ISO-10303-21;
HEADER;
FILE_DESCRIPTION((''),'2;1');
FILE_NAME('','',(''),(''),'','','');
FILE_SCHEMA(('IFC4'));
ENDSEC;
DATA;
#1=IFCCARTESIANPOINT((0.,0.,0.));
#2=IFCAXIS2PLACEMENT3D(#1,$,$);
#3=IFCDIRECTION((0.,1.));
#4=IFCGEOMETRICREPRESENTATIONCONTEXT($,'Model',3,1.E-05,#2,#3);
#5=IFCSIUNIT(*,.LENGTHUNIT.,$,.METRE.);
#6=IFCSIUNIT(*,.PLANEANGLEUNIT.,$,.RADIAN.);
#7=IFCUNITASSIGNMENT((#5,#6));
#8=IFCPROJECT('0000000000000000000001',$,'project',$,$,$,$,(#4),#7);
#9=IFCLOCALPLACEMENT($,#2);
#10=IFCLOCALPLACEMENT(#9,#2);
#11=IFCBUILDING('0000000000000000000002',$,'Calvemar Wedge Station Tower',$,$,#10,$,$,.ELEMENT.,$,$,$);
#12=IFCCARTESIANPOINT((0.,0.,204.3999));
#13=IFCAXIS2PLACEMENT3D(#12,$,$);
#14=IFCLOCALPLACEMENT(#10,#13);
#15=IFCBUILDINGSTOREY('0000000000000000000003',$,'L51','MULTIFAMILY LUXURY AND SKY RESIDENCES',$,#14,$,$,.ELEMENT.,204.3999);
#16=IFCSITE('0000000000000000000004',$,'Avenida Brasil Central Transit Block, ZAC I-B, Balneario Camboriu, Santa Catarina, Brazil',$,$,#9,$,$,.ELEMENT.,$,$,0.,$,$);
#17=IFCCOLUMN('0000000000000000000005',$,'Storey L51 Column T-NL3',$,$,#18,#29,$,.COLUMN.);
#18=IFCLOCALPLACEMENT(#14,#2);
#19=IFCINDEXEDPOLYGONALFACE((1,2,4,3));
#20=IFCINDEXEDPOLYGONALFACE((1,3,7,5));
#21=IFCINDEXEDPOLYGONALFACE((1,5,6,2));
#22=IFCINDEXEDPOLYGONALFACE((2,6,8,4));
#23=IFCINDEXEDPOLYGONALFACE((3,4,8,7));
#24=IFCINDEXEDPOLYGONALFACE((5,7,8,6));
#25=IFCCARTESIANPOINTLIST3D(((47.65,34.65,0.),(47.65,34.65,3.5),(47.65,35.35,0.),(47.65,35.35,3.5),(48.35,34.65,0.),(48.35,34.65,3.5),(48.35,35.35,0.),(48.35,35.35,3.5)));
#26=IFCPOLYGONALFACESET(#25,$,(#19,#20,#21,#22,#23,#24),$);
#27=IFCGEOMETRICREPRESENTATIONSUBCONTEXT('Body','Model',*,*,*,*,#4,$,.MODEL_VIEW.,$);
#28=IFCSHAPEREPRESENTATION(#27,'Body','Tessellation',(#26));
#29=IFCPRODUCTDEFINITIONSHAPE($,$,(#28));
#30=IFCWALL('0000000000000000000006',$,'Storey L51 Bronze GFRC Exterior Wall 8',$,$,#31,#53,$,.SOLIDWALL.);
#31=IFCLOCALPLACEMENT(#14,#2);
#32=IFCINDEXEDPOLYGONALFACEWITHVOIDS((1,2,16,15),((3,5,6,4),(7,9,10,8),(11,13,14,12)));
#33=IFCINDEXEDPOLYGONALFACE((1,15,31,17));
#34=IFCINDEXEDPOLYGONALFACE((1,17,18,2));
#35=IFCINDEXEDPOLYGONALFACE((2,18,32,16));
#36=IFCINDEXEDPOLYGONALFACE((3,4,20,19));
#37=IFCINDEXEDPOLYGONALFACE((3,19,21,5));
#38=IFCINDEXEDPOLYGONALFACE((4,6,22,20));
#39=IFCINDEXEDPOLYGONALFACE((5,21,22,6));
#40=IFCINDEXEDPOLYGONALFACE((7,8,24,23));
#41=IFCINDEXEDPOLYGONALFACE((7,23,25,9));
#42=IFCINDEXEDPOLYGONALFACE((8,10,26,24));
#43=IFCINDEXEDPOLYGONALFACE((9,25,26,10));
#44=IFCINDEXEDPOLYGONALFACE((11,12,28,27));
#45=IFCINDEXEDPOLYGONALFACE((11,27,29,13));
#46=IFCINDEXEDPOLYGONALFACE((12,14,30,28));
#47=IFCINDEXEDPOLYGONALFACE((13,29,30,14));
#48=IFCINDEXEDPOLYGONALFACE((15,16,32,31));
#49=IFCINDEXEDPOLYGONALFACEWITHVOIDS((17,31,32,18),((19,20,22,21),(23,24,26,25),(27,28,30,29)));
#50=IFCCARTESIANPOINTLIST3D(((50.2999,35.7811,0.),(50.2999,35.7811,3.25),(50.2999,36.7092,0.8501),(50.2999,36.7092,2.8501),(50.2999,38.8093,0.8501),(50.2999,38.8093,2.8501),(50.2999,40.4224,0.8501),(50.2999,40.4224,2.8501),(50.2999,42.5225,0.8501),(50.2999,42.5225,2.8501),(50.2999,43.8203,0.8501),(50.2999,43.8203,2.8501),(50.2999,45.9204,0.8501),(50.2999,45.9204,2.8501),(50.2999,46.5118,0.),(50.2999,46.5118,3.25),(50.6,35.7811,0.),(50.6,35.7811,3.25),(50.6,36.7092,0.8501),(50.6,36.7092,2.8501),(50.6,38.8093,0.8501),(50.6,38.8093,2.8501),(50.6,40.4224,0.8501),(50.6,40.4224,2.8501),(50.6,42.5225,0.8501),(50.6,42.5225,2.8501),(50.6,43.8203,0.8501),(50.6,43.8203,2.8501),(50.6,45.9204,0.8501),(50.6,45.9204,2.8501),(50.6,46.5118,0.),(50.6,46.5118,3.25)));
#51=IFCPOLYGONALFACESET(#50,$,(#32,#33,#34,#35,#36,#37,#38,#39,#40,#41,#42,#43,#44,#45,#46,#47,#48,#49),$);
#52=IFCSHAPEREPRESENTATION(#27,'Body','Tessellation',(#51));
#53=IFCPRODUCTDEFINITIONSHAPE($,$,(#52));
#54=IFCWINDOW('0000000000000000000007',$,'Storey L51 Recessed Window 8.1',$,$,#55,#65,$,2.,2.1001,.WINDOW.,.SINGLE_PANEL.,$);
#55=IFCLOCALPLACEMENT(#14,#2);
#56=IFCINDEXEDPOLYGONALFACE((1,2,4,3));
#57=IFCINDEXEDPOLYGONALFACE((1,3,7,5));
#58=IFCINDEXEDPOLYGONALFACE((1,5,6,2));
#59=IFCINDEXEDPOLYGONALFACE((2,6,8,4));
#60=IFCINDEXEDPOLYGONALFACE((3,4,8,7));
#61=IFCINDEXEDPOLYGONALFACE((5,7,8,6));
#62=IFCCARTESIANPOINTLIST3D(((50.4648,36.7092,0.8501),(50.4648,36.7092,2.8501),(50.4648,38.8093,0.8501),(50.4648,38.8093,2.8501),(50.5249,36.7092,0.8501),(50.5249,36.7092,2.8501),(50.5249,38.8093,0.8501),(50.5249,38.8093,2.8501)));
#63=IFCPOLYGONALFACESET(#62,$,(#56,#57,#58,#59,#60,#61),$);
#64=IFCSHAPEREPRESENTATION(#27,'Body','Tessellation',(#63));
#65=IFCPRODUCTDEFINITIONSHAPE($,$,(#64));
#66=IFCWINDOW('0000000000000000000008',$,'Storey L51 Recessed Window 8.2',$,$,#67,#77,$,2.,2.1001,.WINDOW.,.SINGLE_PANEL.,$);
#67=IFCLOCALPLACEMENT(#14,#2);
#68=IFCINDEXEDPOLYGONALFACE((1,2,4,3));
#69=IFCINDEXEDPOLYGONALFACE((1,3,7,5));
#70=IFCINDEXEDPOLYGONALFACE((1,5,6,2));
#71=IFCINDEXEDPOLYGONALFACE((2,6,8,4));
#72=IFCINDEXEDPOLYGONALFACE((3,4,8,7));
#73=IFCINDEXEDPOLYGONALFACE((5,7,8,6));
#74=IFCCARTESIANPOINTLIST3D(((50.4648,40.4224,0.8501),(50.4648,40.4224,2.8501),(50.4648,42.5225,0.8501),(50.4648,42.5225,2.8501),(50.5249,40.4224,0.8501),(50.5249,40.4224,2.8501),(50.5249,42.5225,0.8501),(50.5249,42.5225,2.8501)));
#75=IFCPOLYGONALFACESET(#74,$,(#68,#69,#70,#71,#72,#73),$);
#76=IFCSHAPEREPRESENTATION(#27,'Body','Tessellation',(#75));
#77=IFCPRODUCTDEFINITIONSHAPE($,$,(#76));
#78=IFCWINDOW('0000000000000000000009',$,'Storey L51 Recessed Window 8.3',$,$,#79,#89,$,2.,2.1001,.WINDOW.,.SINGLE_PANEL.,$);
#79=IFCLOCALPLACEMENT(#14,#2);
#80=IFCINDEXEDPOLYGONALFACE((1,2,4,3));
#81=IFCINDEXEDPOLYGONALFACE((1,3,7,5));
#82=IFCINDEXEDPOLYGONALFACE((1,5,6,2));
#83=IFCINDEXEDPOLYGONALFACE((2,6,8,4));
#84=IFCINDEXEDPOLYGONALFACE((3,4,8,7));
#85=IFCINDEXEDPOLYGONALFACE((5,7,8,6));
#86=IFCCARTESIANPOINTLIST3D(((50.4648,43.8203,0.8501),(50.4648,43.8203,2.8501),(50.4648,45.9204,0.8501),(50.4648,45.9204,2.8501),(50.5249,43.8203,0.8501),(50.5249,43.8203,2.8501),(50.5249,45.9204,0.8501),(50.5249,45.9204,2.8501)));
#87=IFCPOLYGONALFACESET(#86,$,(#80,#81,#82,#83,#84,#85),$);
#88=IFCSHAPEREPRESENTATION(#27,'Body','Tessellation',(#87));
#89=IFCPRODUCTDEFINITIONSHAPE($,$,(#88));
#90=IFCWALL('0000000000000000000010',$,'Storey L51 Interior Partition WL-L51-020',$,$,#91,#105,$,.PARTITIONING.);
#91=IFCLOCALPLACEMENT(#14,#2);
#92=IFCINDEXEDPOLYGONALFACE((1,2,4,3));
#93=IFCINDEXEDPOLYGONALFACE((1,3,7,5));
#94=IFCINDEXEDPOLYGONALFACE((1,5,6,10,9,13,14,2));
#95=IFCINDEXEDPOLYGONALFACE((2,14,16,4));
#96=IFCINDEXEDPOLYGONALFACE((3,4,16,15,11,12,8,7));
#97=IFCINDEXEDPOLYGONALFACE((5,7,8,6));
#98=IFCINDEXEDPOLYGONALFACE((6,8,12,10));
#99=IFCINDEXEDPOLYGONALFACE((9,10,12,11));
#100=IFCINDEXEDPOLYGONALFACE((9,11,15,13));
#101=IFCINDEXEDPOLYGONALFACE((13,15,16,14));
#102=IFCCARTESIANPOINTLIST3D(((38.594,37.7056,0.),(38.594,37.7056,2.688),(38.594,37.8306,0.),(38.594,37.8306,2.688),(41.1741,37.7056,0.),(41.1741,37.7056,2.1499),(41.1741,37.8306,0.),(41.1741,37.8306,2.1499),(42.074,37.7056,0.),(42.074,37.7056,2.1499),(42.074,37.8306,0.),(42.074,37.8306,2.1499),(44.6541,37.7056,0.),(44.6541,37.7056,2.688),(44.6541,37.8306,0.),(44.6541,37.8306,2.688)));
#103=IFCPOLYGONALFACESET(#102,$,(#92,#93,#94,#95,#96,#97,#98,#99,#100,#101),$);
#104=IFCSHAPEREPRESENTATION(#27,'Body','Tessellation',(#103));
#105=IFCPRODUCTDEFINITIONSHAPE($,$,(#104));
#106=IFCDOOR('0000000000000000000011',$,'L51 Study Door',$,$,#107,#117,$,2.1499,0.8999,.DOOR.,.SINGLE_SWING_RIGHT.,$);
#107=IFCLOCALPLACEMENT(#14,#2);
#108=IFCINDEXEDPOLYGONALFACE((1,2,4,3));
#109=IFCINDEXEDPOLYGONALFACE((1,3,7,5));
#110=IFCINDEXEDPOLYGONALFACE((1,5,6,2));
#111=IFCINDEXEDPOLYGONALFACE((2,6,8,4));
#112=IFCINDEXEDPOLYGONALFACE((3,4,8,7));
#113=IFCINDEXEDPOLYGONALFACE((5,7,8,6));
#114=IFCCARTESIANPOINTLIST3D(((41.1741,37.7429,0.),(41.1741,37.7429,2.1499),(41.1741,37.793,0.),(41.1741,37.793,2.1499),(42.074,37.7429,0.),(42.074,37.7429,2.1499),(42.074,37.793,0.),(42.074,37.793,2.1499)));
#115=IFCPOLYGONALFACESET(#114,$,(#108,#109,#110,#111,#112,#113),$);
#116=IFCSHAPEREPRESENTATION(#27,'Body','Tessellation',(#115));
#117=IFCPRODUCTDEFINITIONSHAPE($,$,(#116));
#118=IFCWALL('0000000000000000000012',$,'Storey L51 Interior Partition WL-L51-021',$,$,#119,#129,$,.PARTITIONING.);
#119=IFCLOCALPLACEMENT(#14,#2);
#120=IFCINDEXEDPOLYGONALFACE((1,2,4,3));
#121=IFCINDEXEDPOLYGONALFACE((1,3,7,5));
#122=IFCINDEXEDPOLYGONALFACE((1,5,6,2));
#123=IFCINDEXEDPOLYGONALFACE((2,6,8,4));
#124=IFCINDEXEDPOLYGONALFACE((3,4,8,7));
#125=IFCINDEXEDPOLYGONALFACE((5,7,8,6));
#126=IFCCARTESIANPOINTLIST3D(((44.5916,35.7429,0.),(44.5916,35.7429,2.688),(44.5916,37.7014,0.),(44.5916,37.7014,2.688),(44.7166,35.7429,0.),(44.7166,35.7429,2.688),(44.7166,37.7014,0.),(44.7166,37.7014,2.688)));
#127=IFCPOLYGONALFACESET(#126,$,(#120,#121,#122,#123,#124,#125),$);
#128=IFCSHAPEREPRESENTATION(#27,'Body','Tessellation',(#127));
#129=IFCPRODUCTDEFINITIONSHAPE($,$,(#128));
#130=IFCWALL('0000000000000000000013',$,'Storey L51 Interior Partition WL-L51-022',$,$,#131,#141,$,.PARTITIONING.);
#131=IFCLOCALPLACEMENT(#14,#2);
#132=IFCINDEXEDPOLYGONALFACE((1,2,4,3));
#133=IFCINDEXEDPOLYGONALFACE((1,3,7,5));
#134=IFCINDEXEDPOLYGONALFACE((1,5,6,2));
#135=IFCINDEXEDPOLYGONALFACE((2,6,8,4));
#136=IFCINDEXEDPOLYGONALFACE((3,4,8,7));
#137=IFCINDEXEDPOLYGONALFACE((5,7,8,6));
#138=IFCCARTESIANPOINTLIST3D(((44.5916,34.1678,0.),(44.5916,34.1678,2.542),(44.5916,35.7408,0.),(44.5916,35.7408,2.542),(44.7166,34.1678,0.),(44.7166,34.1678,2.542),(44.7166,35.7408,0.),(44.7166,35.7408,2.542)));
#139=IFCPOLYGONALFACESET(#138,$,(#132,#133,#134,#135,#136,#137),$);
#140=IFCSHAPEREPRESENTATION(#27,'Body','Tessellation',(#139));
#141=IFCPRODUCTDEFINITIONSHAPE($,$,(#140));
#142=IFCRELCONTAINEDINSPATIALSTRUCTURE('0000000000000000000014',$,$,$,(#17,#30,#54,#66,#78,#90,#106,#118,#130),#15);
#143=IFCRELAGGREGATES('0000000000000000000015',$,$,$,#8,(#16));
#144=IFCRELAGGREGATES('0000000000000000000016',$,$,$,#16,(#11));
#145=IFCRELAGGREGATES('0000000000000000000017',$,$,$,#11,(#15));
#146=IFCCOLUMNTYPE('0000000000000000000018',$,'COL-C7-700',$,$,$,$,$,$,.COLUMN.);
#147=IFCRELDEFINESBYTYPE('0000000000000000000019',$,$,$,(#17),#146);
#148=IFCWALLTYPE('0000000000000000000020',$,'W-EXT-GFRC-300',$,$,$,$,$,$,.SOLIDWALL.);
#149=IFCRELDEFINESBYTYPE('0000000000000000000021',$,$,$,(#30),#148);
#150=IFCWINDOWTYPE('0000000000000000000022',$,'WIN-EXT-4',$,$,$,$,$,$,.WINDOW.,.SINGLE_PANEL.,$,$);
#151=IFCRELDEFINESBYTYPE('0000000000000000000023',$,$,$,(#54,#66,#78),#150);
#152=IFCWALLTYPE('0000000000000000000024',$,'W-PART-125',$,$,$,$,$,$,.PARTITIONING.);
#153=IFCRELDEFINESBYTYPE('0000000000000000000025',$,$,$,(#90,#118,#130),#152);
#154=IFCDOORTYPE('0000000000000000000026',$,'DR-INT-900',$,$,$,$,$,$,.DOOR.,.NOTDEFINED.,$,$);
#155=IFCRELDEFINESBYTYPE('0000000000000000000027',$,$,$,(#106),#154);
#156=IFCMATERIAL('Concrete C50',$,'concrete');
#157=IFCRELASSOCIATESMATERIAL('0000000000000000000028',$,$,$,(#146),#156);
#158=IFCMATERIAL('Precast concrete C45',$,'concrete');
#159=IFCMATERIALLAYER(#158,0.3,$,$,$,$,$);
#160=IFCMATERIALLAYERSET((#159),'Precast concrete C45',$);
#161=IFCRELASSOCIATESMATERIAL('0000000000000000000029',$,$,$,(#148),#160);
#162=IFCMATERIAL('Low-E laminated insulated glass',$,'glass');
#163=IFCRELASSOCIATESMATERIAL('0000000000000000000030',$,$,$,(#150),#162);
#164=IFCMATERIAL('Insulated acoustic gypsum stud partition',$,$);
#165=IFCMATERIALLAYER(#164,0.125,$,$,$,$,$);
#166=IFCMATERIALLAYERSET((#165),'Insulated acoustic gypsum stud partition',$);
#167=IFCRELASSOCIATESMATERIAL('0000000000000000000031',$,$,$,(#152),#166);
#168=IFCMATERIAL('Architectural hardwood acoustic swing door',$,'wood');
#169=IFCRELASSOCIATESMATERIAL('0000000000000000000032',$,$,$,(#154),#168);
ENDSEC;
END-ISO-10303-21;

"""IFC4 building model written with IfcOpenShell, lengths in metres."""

from ifc_helpers import new_model, si_unit, direction, frame, frame_2d, origin, origin_2d, place, context, subcontext, project, spatial, rectangle, extrude, source, transform, mapped, material, layer, layer_set, material_profile, profile_set, type_object, element, fill, save


model = new_model("IFC4")

# Units and contexts
model_context = context("Model", 3, precision=1e-05, world=origin(), true_north=direction((0.0, 1.0)))
body_context = subcontext(model_context, "Body", "Model", "MODEL_VIEW")
ifc_project = project(units=[si_unit("LENGTHUNIT", "METRE"), si_unit("PLANEANGLEUNIT", "RADIAN")], contexts=[model_context])

# Site, building, storey
site_placement = place(None, origin())
site = spatial("IfcSite", under=ifc_project, at=site_placement, Name="Avenida Brasil Central Transit Block, ZAC I-B, Balneario Camboriu, Santa Catarina, Brazil", CompositionType="ELEMENT", RefElevation=0.0)
building_placement = place(site_placement, origin())
building = spatial("IfcBuilding", under=site, at=building_placement, Name="Calvemar Wedge Station Tower", CompositionType="ELEMENT")
storey_placement = place(building_placement, frame((0.0, 0.0, 204.3999)))
storey = spatial("IfcBuildingStorey", under=building, at=storey_placement, Name="L51", Description="MULTIFAMILY LUXURY AND SKY RESIDENCES", CompositionType="ELEMENT", Elevation=204.3999)

# Column
ifc_material_1 = material(Name="Concrete C50", Category="concrete")
ifc_material_profile = material_profile(ifc_material_1, rectangle(XDim=0.7, YDim=0.7, at=origin_2d()), Name="RC700x700")
ifc_profile_set = profile_set([ifc_material_profile], Name="Concrete C50")
column_type = type_object("IfcColumnType", Name="COL-C7-700", PredefinedType="COLUMN", material=ifc_profile_set)
shared_shape_1 = source(origin(), body_context, "Body", "SweptSolid", [
    extrude(rectangle(XDim=0.7, YDim=0.7, at=origin_2d()), origin(), (0.0, 0.0, 1.0), 3.5),
])
column_placement = place(storey_placement, frame((48.0, 35.0, 0.0), z_axis=(0.0, 0.0, 1.0), x_axis=(1.0, 0.0, 0.0)))
element("IfcColumn", 1, at=column_placement, inside=storey, type_object=column_type, Name="Storey L51 Column T-NL3", PredefinedType="COLUMN", context=body_context, shape_type="MappedRepresentation", body=[
    mapped(shared_shape_1, transform((0.0, 0.0, 0.0), scale=1.0)),
])

# Wall, openings, windows
ifc_material_2 = material(Name="Precast concrete C45", Category="concrete")
ifc_layer_1 = layer(ifc_material_2, 0.3)
ifc_layer_set_1 = layer_set([ifc_layer_1], Name="Precast concrete C45")
wall_type_1 = type_object("IfcWallType", Name="W-EXT-GFRC-300", PredefinedType="SOLIDWALL", material=ifc_layer_set_1)
wall_1_placement = place(storey_placement, frame((50.45, 35.7812, 0.0), z_axis=(0.0, 0.0, 1.0), x_axis=(0.0, 1.0, 0.0)))
wall_1 = element("IfcWall", 2, at=wall_1_placement, inside=storey, type_object=wall_type_1, Name="Storey L51 Bronze GFRC Exterior Wall 8", PredefinedType="SOLIDWALL", context=body_context, shape_type="SweptSolid", body=[
    extrude(rectangle(XDim=10.7307, YDim=0.3, at=frame_2d((5.3652, 0.0))), origin(), (0.0, 0.0, 1.0), 3.25),
])
shared_shape_2 = source(origin(), body_context, "Body", "SweptSolid", [
    extrude(rectangle(XDim=2.1001, YDim=2.0, at=frame_2d((1.05, 1.0))), frame((0.0, 0.1602, 0.0), z_axis=(0.0, -1.0, 0.0), x_axis=(1.0, 0.0, 0.0)), (0.0, 0.0, 1.0), 0.3201),
])
opening_1_placement = place(wall_1_placement, frame((0.928, 0.0, 0.8501)))
opening_1 = element("IfcOpeningElement", 3, at=opening_1_placement, cuts=wall_1, PredefinedType="OPENING", context=body_context, shape_type="MappedRepresentation", body=[
    mapped(shared_shape_2, transform((0.0, 0.0, 0.0), scale=1.0)),
])
opening_2_placement = place(wall_1_placement, frame((4.6411, 0.0, 0.8501)))
opening_2 = element("IfcOpeningElement", 4, at=opening_2_placement, cuts=wall_1, PredefinedType="OPENING", context=body_context, shape_type="MappedRepresentation", body=[
    mapped(shared_shape_2, transform((0.0, 0.0, 0.0), scale=1.0)),
])
opening_3_placement = place(wall_1_placement, frame((8.0391, 0.0, 0.8501)))
opening_3 = element("IfcOpeningElement", 5, at=opening_3_placement, cuts=wall_1, PredefinedType="OPENING", context=body_context, shape_type="MappedRepresentation", body=[
    mapped(shared_shape_2, transform((0.0, 0.0, 0.0), scale=1.0)),
])
ifc_material_3 = material(Name="Low-E laminated insulated glass", Category="glass")
window_type = type_object("IfcWindowType", Name="WIN-EXT-4", PartitioningType="SINGLE_PANEL", PredefinedType="WINDOW", material=ifc_material_3)
shared_shape_3 = source(origin(), body_context, "Body", "SweptSolid", [
    extrude(rectangle(XDim=2.1001, YDim=2.0, at=frame_2d((1.05, 1.0))), frame((0.0, -0.0149, 0.0), z_axis=(0.0, -1.0, 0.0), x_axis=(1.0, 0.0, 0.0)), (0.0, 0.0, 1.0), 0.0601),
])
window_1_placement = place(opening_1_placement, origin())
window_1 = element("IfcWindow", 6, at=window_1_placement, inside=storey, type_object=window_type, Name="Storey L51 Recessed Window 8.1", OverallHeight=2.0, OverallWidth=2.1001, PartitioningType="SINGLE_PANEL", PredefinedType="WINDOW", context=body_context, shape_type="MappedRepresentation", body=[
    mapped(shared_shape_3, transform((0.0, 0.0, 0.0), scale=1.0)),
])
fill(opening_1, window_1)
window_2_placement = place(opening_2_placement, origin())
window_2 = element("IfcWindow", 7, at=window_2_placement, inside=storey, type_object=window_type, Name="Storey L51 Recessed Window 8.2", OverallHeight=2.0, OverallWidth=2.1001, PartitioningType="SINGLE_PANEL", PredefinedType="WINDOW", context=body_context, shape_type="MappedRepresentation", body=[
    mapped(shared_shape_3, transform((0.0, 0.0, 0.0), scale=1.0)),
])
fill(opening_2, window_2)
window_3_placement = place(opening_3_placement, origin())
window_3 = element("IfcWindow", 8, at=window_3_placement, inside=storey, type_object=window_type, Name="Storey L51 Recessed Window 8.3", OverallHeight=2.0, OverallWidth=2.1001, PartitioningType="SINGLE_PANEL", PredefinedType="WINDOW", context=body_context, shape_type="MappedRepresentation", body=[
    mapped(shared_shape_3, transform((0.0, 0.0, 0.0), scale=1.0)),
])
fill(opening_3, window_3)

# Wall, opening, door
ifc_material_4 = material(Name="Insulated acoustic gypsum stud partition")
ifc_layer_2 = layer(ifc_material_4, 0.125)
ifc_layer_set_2 = layer_set([ifc_layer_2], Name="Insulated acoustic gypsum stud partition")
wall_type_2 = type_object("IfcWallType", Name="W-PART-125", PredefinedType="PARTITIONING", material=ifc_layer_set_2)
wall_2_placement = place(storey_placement, frame((38.594, 37.7681, 0.0), z_axis=(0.0, 0.0, 1.0), x_axis=(1.0, 0.0, 0.0)))
wall_2 = element("IfcWall", 9, at=wall_2_placement, inside=storey, type_object=wall_type_2, Name="Storey L51 Interior Partition WL-L51-020", PredefinedType="PARTITIONING", context=body_context, shape_type="SweptSolid", body=[
    extrude(rectangle(XDim=6.0601, YDim=0.125, at=frame_2d((3.03, 0.0))), origin(), (0.0, 0.0, 1.0), 2.688),
])
shared_shape_4 = source(origin(), body_context, "Body", "SweptSolid", [
    extrude(rectangle(XDim=0.8999, YDim=2.1499, at=frame_2d((0.45, 1.075))), frame((0.0, 0.0725, 0.0), z_axis=(0.0, -1.0, 0.0), x_axis=(1.0, 0.0, 0.0)), (0.0, 0.0, 1.0), 0.145),
])
opening_4_placement = place(wall_2_placement, frame((2.5801, 0.0, 0.0)))
opening_4 = element("IfcOpeningElement", 10, at=opening_4_placement, cuts=wall_2, PredefinedType="OPENING", context=body_context, shape_type="MappedRepresentation", body=[
    mapped(shared_shape_4, transform((0.0, 0.0, 0.0), scale=1.0)),
])
ifc_material_5 = material(Name="Architectural hardwood acoustic swing door", Category="wood")
door_type_1 = type_object("IfcDoorType", Name="DR-INT-900", OperationType="NOTDEFINED", PredefinedType="DOOR", material=ifc_material_5)
shared_shape_5 = source(origin(), body_context, "Body", "SweptSolid", [
    extrude(rectangle(XDim=0.8999, YDim=2.1499, at=frame_2d((0.45, 1.075))), frame((0.0, 0.0249, 0.0), z_axis=(0.0, -1.0, 0.0), x_axis=(1.0, 0.0, 0.0)), (0.0, 0.0, 1.0), 0.05),
])
door_1_placement = place(opening_4_placement, origin())
door_1 = element("IfcDoor", 11, at=door_1_placement, inside=storey, type_object=door_type_1, Name="L51 Study Door", OperationType="SINGLE_SWING_RIGHT", OverallHeight=2.1499, OverallWidth=0.8999, PredefinedType="DOOR", context=body_context, shape_type="MappedRepresentation", body=[
    mapped(shared_shape_5, transform((0.0, 0.0, 0.0), scale=1.0)),
])
fill(opening_4, door_1)

# Walls
wall_3_placement = place(storey_placement, frame((44.6541, 37.7014, 0.0), z_axis=(0.0, 0.0, 1.0), x_axis=(0.0, -1.0, 0.0)))
element("IfcWall", 12, at=wall_3_placement, inside=storey, type_object=wall_type_2, Name="Storey L51 Interior Partition WL-L51-021", PredefinedType="PARTITIONING", context=body_context, shape_type="SweptSolid", body=[
    extrude(rectangle(XDim=1.9585, YDim=0.125, at=frame_2d((0.9792, 0.0))), origin(), (0.0, 0.0, 1.0), 2.688),
])
wall_4_placement = place(storey_placement, frame((44.6541, 35.741, 0.0), z_axis=(0.0, 0.0, 1.0), x_axis=(0.0, -1.0, 0.0)))
element("IfcWall", 13, at=wall_4_placement, inside=storey, type_object=wall_type_2, Name="Storey L51 Interior Partition WL-L51-022", PredefinedType="PARTITIONING", context=body_context, shape_type="SweptSolid", body=[
    extrude(rectangle(XDim=1.573, YDim=0.125, at=frame_2d((0.7866, 0.0))), origin(), (0.0, 0.0, 1.0), 2.542),
])

save(model, "model.ifc")
